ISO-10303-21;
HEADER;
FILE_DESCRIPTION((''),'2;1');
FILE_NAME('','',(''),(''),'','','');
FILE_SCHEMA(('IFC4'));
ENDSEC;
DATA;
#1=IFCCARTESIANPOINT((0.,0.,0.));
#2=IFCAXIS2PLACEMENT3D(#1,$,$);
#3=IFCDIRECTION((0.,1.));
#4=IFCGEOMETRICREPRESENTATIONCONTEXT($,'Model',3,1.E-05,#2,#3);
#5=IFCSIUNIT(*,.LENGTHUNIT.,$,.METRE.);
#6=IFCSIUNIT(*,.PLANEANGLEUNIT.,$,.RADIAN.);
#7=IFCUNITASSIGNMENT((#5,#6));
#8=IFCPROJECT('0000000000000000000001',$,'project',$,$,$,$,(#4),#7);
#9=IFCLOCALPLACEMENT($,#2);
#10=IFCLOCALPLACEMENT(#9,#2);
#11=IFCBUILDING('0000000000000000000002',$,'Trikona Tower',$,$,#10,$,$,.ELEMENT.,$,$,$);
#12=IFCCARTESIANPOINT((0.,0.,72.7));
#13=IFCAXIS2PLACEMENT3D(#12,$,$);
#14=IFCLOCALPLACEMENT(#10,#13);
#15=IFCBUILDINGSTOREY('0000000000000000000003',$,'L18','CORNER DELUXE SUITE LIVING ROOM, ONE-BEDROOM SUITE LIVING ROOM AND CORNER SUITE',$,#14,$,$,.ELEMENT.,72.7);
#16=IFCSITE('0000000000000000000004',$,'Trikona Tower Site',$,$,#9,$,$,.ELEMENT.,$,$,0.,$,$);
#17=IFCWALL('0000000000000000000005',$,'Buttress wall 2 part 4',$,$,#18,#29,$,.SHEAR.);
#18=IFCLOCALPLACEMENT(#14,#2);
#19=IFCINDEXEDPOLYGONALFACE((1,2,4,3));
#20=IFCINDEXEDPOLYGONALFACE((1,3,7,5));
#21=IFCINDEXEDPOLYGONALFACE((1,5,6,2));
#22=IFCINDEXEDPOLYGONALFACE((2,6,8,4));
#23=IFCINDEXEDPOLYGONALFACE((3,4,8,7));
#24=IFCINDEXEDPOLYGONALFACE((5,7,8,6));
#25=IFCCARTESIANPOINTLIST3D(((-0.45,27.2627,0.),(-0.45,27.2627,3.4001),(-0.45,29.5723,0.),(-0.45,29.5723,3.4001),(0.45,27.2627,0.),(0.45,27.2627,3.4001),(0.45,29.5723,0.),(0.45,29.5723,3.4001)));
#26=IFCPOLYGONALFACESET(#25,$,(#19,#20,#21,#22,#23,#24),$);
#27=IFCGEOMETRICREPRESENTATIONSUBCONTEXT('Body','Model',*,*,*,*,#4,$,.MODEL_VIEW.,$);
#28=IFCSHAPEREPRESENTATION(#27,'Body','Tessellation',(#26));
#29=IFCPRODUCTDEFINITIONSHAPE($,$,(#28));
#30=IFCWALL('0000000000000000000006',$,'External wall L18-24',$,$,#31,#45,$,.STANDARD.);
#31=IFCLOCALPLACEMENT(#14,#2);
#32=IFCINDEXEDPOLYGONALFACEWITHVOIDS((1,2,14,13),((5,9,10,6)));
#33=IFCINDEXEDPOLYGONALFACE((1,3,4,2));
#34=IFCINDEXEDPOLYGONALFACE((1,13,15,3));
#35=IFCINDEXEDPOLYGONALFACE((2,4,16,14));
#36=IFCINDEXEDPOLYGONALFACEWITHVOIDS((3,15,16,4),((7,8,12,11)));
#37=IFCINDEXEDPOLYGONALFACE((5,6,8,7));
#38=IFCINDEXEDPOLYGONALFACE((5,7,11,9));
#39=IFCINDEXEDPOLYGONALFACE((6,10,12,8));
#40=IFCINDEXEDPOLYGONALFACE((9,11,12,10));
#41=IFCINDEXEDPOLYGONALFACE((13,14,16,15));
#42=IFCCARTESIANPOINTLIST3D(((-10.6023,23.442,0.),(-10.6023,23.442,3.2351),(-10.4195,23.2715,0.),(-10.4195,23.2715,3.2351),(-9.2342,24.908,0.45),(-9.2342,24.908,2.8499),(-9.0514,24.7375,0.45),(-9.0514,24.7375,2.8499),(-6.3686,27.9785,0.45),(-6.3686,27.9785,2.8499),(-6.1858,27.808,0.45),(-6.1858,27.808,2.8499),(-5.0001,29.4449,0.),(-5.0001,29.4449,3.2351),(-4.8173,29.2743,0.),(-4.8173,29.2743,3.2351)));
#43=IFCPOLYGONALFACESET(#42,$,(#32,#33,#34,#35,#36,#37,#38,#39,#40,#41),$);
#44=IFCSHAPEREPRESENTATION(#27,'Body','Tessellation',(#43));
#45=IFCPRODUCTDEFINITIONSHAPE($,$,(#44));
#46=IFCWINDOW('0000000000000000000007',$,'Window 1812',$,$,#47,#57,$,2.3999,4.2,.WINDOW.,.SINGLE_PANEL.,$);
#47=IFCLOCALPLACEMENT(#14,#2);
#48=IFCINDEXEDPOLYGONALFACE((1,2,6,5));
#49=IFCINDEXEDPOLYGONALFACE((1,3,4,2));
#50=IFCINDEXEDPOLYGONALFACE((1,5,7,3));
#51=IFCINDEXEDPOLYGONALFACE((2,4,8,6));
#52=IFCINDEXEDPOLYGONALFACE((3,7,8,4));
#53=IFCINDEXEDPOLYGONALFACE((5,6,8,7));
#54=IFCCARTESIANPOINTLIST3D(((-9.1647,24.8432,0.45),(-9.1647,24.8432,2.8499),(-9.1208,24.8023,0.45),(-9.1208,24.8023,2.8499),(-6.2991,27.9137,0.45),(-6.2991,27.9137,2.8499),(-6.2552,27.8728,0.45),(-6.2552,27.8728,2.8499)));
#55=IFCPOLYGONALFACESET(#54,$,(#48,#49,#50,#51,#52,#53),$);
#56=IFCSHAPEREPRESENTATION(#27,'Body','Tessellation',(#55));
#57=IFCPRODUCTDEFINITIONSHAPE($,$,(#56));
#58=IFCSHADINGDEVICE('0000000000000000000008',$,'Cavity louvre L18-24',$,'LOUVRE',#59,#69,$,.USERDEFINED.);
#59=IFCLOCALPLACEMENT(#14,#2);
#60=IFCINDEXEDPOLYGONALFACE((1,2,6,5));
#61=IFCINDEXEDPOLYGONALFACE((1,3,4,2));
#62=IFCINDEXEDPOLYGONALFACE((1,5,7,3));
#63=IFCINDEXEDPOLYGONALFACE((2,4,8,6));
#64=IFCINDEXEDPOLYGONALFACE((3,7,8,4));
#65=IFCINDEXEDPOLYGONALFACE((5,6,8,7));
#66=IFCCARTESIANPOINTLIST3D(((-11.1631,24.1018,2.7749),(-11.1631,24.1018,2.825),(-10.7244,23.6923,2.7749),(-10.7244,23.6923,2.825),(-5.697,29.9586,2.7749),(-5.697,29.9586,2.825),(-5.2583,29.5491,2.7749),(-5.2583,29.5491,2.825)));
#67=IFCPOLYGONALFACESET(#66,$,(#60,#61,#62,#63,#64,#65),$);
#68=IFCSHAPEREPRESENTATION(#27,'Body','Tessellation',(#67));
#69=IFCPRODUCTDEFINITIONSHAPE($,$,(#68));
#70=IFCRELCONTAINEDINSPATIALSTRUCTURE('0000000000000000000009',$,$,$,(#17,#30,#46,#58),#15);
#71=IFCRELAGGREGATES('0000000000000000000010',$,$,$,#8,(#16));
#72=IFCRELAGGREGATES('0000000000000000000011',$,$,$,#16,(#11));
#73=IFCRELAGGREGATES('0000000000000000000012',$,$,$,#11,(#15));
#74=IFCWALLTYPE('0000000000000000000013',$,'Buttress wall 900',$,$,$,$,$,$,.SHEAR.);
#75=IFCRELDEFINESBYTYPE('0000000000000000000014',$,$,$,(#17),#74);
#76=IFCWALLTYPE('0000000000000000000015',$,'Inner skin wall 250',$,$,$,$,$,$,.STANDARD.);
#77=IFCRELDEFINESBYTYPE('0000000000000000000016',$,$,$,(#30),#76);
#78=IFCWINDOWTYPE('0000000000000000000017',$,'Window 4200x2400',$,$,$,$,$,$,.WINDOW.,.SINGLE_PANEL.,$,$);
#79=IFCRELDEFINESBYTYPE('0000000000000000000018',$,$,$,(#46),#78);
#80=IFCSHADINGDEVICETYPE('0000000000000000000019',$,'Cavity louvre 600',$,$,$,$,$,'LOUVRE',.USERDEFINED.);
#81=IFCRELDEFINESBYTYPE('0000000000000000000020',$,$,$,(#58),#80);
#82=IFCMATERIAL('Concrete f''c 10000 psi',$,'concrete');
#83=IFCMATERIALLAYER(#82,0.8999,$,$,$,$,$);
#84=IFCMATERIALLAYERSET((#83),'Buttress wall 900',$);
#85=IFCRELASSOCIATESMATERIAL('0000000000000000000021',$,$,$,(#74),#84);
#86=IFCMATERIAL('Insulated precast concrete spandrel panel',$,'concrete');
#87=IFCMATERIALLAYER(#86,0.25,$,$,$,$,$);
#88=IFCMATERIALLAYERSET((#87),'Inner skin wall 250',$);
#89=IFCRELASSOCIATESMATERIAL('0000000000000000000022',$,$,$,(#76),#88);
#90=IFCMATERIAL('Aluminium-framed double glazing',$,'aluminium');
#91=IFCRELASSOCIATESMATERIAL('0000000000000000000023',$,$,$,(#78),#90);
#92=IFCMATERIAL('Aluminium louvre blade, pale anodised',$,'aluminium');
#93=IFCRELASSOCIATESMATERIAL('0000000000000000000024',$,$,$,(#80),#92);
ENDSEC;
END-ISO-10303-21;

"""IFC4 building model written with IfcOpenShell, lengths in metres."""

from ifc_helpers import new_model, si_unit, direction, frame, frame_2d, origin, origin_2d, place, context, subcontext, project, spatial, rectangle, extrude, material, layer, layer_set, type_object, element, fill, save


model = new_model("IFC4")

# Units and contexts
model_context = context("Model", 3, precision=1e-05, world=origin(), true_north=direction((0.0, 1.0)))
body_context = subcontext(model_context, "Body", "Model", "MODEL_VIEW")
ifc_project = project(units=[si_unit("LENGTHUNIT", "METRE"), si_unit("PLANEANGLEUNIT", "RADIAN")], contexts=[model_context])

# Site, building, storey
site_placement = place(None, origin())
site = spatial("IfcSite", under=ifc_project, at=site_placement, Name="Trikona Tower Site", CompositionType="ELEMENT", RefElevation=0.0)
building_placement = place(site_placement, origin())
building = spatial("IfcBuilding", under=site, at=building_placement, Name="Trikona Tower", CompositionType="ELEMENT")
storey_placement = place(building_placement, frame((0.0, 0.0, 72.7)))
storey = spatial("IfcBuildingStorey", under=building, at=storey_placement, Name="L18", Description="CORNER DELUXE SUITE LIVING ROOM, ONE-BEDROOM SUITE LIVING ROOM AND CORNER SUITE", CompositionType="ELEMENT", Elevation=72.7)

# Wall
ifc_material_1 = material(Name="Concrete f'c 10000 psi", Category="concrete")
ifc_layer_1 = layer(ifc_material_1, 0.8999)
ifc_layer_set_1 = layer_set([ifc_layer_1], Name="Buttress wall 900")
wall_type_1 = type_object("IfcWallType", Name="Buttress wall 900", PredefinedType="SHEAR", material=ifc_layer_set_1)
wall_1_placement = place(storey_placement, frame((0.0, 27.2627, 0.0), z_axis=(0.0, 0.0, 1.0), x_axis=(0.0, 1.0, 0.0)))
element("IfcWall", 1, at=wall_1_placement, inside=storey, type_object=wall_type_1, Name="Buttress wall 2 part 4", PredefinedType="SHEAR", context=body_context, shape_type="SweptSolid", body=[
    extrude(rectangle(XDim=2.3096, YDim=0.8999, at=frame_2d((1.1548, 0.0))), origin(), (0.0, 0.0, 1.0), 3.4001),
])

# Wall, opening, window
ifc_material_2 = material(Name="Insulated precast concrete spandrel panel", Category="concrete")
ifc_layer_2 = layer(ifc_material_2, 0.25)
ifc_layer_set_2 = layer_set([ifc_layer_2], Name="Inner skin wall 250")
wall_type_2 = type_object("IfcWallType", Name="Inner skin wall 250", PredefinedType="STANDARD", material=ifc_layer_set_2)
wall_2_placement = place(storey_placement, frame((-4.9087, 29.3596, 0.0), z_axis=(0.0, 0.0, 1.0), x_axis=(-0.68229, -0.731082, 0.0)))
wall_2 = element("IfcWall", 2, at=wall_2_placement, inside=storey, type_object=wall_type_2, Name="External wall L18-24", PredefinedType="STANDARD", context=body_context, shape_type="SweptSolid", body=[
    extrude(rectangle(XDim=8.2109, YDim=0.25, at=frame_2d((4.1055, 0.0))), origin(), (0.0, 0.0, 1.0), 3.2351),
])
opening_1_placement = place(wall_2_placement, frame((2.0056, 0.0, 0.45)))
opening_1 = element("IfcOpeningElement", 3, at=opening_1_placement, cuts=wall_2, PredefinedType="OPENING", context=body_context, shape_type="SweptSolid", body=[
    extrude(rectangle(XDim=4.2, YDim=2.3999, at=frame_2d((2.1001, 1.2))), frame((0.0, 0.135, 0.0), z_axis=(0.0, -1.0, 0.0), x_axis=(1.0, 0.0, 0.0)), (0.0, 0.0, 1.0), 0.27),
])
ifc_material_3 = material(Name="Aluminium-framed double glazing", Category="aluminium")
window_type_1 = type_object("IfcWindowType", Name="Window 4200x2400", PartitioningType="SINGLE_PANEL", PredefinedType="WINDOW", material=ifc_material_3)
window_1_placement = place(opening_1_placement, origin())
window_1 = element("IfcWindow", 4, at=window_1_placement, inside=storey, type_object=window_type_1, Name="Window 1812", OverallHeight=2.3999, OverallWidth=4.2, PartitioningType="SINGLE_PANEL", PredefinedType="WINDOW", context=body_context, shape_type="SweptSolid", body=[
    extrude(rectangle(XDim=4.2, YDim=2.3999, at=frame_2d((2.1001, 1.2))), frame((0.0, 0.03, 0.0), z_axis=(0.0, -1.0, 0.0), x_axis=(1.0, 0.0, 0.0)), (0.0, 0.0, 1.0), 0.0601),
])
fill(opening_1, window_1)

# Shading device
ifc_material_4 = material(Name="Aluminium louvre blade, pale anodised", Category="aluminium")
shading_device_type = type_object("IfcShadingDeviceType", Name="Cavity louvre 600", ElementType="LOUVRE", PredefinedType="USERDEFINED", material=ifc_material_4)
shading_device_placement = place(storey_placement, frame((-8.2107, 26.8254, 2.7749), z_axis=(0.0, 0.0, 1.0), x_axis=(-0.682298, -0.731074, 0.0)))
element("IfcShadingDevice", 5, at=shading_device_placement, inside=storey, type_object=shading_device_type, Name="Cavity louvre L18-24", ObjectType="LOUVRE", PredefinedType="USERDEFINED", context=body_context, shape_type="SweptSolid", body=[
    extrude(rectangle(XDim=8.0112, YDim=0.6001, at=origin_2d()), origin(), (0.0, 0.0, 1.0), 0.05),
])

save(model, "model.ifc")
